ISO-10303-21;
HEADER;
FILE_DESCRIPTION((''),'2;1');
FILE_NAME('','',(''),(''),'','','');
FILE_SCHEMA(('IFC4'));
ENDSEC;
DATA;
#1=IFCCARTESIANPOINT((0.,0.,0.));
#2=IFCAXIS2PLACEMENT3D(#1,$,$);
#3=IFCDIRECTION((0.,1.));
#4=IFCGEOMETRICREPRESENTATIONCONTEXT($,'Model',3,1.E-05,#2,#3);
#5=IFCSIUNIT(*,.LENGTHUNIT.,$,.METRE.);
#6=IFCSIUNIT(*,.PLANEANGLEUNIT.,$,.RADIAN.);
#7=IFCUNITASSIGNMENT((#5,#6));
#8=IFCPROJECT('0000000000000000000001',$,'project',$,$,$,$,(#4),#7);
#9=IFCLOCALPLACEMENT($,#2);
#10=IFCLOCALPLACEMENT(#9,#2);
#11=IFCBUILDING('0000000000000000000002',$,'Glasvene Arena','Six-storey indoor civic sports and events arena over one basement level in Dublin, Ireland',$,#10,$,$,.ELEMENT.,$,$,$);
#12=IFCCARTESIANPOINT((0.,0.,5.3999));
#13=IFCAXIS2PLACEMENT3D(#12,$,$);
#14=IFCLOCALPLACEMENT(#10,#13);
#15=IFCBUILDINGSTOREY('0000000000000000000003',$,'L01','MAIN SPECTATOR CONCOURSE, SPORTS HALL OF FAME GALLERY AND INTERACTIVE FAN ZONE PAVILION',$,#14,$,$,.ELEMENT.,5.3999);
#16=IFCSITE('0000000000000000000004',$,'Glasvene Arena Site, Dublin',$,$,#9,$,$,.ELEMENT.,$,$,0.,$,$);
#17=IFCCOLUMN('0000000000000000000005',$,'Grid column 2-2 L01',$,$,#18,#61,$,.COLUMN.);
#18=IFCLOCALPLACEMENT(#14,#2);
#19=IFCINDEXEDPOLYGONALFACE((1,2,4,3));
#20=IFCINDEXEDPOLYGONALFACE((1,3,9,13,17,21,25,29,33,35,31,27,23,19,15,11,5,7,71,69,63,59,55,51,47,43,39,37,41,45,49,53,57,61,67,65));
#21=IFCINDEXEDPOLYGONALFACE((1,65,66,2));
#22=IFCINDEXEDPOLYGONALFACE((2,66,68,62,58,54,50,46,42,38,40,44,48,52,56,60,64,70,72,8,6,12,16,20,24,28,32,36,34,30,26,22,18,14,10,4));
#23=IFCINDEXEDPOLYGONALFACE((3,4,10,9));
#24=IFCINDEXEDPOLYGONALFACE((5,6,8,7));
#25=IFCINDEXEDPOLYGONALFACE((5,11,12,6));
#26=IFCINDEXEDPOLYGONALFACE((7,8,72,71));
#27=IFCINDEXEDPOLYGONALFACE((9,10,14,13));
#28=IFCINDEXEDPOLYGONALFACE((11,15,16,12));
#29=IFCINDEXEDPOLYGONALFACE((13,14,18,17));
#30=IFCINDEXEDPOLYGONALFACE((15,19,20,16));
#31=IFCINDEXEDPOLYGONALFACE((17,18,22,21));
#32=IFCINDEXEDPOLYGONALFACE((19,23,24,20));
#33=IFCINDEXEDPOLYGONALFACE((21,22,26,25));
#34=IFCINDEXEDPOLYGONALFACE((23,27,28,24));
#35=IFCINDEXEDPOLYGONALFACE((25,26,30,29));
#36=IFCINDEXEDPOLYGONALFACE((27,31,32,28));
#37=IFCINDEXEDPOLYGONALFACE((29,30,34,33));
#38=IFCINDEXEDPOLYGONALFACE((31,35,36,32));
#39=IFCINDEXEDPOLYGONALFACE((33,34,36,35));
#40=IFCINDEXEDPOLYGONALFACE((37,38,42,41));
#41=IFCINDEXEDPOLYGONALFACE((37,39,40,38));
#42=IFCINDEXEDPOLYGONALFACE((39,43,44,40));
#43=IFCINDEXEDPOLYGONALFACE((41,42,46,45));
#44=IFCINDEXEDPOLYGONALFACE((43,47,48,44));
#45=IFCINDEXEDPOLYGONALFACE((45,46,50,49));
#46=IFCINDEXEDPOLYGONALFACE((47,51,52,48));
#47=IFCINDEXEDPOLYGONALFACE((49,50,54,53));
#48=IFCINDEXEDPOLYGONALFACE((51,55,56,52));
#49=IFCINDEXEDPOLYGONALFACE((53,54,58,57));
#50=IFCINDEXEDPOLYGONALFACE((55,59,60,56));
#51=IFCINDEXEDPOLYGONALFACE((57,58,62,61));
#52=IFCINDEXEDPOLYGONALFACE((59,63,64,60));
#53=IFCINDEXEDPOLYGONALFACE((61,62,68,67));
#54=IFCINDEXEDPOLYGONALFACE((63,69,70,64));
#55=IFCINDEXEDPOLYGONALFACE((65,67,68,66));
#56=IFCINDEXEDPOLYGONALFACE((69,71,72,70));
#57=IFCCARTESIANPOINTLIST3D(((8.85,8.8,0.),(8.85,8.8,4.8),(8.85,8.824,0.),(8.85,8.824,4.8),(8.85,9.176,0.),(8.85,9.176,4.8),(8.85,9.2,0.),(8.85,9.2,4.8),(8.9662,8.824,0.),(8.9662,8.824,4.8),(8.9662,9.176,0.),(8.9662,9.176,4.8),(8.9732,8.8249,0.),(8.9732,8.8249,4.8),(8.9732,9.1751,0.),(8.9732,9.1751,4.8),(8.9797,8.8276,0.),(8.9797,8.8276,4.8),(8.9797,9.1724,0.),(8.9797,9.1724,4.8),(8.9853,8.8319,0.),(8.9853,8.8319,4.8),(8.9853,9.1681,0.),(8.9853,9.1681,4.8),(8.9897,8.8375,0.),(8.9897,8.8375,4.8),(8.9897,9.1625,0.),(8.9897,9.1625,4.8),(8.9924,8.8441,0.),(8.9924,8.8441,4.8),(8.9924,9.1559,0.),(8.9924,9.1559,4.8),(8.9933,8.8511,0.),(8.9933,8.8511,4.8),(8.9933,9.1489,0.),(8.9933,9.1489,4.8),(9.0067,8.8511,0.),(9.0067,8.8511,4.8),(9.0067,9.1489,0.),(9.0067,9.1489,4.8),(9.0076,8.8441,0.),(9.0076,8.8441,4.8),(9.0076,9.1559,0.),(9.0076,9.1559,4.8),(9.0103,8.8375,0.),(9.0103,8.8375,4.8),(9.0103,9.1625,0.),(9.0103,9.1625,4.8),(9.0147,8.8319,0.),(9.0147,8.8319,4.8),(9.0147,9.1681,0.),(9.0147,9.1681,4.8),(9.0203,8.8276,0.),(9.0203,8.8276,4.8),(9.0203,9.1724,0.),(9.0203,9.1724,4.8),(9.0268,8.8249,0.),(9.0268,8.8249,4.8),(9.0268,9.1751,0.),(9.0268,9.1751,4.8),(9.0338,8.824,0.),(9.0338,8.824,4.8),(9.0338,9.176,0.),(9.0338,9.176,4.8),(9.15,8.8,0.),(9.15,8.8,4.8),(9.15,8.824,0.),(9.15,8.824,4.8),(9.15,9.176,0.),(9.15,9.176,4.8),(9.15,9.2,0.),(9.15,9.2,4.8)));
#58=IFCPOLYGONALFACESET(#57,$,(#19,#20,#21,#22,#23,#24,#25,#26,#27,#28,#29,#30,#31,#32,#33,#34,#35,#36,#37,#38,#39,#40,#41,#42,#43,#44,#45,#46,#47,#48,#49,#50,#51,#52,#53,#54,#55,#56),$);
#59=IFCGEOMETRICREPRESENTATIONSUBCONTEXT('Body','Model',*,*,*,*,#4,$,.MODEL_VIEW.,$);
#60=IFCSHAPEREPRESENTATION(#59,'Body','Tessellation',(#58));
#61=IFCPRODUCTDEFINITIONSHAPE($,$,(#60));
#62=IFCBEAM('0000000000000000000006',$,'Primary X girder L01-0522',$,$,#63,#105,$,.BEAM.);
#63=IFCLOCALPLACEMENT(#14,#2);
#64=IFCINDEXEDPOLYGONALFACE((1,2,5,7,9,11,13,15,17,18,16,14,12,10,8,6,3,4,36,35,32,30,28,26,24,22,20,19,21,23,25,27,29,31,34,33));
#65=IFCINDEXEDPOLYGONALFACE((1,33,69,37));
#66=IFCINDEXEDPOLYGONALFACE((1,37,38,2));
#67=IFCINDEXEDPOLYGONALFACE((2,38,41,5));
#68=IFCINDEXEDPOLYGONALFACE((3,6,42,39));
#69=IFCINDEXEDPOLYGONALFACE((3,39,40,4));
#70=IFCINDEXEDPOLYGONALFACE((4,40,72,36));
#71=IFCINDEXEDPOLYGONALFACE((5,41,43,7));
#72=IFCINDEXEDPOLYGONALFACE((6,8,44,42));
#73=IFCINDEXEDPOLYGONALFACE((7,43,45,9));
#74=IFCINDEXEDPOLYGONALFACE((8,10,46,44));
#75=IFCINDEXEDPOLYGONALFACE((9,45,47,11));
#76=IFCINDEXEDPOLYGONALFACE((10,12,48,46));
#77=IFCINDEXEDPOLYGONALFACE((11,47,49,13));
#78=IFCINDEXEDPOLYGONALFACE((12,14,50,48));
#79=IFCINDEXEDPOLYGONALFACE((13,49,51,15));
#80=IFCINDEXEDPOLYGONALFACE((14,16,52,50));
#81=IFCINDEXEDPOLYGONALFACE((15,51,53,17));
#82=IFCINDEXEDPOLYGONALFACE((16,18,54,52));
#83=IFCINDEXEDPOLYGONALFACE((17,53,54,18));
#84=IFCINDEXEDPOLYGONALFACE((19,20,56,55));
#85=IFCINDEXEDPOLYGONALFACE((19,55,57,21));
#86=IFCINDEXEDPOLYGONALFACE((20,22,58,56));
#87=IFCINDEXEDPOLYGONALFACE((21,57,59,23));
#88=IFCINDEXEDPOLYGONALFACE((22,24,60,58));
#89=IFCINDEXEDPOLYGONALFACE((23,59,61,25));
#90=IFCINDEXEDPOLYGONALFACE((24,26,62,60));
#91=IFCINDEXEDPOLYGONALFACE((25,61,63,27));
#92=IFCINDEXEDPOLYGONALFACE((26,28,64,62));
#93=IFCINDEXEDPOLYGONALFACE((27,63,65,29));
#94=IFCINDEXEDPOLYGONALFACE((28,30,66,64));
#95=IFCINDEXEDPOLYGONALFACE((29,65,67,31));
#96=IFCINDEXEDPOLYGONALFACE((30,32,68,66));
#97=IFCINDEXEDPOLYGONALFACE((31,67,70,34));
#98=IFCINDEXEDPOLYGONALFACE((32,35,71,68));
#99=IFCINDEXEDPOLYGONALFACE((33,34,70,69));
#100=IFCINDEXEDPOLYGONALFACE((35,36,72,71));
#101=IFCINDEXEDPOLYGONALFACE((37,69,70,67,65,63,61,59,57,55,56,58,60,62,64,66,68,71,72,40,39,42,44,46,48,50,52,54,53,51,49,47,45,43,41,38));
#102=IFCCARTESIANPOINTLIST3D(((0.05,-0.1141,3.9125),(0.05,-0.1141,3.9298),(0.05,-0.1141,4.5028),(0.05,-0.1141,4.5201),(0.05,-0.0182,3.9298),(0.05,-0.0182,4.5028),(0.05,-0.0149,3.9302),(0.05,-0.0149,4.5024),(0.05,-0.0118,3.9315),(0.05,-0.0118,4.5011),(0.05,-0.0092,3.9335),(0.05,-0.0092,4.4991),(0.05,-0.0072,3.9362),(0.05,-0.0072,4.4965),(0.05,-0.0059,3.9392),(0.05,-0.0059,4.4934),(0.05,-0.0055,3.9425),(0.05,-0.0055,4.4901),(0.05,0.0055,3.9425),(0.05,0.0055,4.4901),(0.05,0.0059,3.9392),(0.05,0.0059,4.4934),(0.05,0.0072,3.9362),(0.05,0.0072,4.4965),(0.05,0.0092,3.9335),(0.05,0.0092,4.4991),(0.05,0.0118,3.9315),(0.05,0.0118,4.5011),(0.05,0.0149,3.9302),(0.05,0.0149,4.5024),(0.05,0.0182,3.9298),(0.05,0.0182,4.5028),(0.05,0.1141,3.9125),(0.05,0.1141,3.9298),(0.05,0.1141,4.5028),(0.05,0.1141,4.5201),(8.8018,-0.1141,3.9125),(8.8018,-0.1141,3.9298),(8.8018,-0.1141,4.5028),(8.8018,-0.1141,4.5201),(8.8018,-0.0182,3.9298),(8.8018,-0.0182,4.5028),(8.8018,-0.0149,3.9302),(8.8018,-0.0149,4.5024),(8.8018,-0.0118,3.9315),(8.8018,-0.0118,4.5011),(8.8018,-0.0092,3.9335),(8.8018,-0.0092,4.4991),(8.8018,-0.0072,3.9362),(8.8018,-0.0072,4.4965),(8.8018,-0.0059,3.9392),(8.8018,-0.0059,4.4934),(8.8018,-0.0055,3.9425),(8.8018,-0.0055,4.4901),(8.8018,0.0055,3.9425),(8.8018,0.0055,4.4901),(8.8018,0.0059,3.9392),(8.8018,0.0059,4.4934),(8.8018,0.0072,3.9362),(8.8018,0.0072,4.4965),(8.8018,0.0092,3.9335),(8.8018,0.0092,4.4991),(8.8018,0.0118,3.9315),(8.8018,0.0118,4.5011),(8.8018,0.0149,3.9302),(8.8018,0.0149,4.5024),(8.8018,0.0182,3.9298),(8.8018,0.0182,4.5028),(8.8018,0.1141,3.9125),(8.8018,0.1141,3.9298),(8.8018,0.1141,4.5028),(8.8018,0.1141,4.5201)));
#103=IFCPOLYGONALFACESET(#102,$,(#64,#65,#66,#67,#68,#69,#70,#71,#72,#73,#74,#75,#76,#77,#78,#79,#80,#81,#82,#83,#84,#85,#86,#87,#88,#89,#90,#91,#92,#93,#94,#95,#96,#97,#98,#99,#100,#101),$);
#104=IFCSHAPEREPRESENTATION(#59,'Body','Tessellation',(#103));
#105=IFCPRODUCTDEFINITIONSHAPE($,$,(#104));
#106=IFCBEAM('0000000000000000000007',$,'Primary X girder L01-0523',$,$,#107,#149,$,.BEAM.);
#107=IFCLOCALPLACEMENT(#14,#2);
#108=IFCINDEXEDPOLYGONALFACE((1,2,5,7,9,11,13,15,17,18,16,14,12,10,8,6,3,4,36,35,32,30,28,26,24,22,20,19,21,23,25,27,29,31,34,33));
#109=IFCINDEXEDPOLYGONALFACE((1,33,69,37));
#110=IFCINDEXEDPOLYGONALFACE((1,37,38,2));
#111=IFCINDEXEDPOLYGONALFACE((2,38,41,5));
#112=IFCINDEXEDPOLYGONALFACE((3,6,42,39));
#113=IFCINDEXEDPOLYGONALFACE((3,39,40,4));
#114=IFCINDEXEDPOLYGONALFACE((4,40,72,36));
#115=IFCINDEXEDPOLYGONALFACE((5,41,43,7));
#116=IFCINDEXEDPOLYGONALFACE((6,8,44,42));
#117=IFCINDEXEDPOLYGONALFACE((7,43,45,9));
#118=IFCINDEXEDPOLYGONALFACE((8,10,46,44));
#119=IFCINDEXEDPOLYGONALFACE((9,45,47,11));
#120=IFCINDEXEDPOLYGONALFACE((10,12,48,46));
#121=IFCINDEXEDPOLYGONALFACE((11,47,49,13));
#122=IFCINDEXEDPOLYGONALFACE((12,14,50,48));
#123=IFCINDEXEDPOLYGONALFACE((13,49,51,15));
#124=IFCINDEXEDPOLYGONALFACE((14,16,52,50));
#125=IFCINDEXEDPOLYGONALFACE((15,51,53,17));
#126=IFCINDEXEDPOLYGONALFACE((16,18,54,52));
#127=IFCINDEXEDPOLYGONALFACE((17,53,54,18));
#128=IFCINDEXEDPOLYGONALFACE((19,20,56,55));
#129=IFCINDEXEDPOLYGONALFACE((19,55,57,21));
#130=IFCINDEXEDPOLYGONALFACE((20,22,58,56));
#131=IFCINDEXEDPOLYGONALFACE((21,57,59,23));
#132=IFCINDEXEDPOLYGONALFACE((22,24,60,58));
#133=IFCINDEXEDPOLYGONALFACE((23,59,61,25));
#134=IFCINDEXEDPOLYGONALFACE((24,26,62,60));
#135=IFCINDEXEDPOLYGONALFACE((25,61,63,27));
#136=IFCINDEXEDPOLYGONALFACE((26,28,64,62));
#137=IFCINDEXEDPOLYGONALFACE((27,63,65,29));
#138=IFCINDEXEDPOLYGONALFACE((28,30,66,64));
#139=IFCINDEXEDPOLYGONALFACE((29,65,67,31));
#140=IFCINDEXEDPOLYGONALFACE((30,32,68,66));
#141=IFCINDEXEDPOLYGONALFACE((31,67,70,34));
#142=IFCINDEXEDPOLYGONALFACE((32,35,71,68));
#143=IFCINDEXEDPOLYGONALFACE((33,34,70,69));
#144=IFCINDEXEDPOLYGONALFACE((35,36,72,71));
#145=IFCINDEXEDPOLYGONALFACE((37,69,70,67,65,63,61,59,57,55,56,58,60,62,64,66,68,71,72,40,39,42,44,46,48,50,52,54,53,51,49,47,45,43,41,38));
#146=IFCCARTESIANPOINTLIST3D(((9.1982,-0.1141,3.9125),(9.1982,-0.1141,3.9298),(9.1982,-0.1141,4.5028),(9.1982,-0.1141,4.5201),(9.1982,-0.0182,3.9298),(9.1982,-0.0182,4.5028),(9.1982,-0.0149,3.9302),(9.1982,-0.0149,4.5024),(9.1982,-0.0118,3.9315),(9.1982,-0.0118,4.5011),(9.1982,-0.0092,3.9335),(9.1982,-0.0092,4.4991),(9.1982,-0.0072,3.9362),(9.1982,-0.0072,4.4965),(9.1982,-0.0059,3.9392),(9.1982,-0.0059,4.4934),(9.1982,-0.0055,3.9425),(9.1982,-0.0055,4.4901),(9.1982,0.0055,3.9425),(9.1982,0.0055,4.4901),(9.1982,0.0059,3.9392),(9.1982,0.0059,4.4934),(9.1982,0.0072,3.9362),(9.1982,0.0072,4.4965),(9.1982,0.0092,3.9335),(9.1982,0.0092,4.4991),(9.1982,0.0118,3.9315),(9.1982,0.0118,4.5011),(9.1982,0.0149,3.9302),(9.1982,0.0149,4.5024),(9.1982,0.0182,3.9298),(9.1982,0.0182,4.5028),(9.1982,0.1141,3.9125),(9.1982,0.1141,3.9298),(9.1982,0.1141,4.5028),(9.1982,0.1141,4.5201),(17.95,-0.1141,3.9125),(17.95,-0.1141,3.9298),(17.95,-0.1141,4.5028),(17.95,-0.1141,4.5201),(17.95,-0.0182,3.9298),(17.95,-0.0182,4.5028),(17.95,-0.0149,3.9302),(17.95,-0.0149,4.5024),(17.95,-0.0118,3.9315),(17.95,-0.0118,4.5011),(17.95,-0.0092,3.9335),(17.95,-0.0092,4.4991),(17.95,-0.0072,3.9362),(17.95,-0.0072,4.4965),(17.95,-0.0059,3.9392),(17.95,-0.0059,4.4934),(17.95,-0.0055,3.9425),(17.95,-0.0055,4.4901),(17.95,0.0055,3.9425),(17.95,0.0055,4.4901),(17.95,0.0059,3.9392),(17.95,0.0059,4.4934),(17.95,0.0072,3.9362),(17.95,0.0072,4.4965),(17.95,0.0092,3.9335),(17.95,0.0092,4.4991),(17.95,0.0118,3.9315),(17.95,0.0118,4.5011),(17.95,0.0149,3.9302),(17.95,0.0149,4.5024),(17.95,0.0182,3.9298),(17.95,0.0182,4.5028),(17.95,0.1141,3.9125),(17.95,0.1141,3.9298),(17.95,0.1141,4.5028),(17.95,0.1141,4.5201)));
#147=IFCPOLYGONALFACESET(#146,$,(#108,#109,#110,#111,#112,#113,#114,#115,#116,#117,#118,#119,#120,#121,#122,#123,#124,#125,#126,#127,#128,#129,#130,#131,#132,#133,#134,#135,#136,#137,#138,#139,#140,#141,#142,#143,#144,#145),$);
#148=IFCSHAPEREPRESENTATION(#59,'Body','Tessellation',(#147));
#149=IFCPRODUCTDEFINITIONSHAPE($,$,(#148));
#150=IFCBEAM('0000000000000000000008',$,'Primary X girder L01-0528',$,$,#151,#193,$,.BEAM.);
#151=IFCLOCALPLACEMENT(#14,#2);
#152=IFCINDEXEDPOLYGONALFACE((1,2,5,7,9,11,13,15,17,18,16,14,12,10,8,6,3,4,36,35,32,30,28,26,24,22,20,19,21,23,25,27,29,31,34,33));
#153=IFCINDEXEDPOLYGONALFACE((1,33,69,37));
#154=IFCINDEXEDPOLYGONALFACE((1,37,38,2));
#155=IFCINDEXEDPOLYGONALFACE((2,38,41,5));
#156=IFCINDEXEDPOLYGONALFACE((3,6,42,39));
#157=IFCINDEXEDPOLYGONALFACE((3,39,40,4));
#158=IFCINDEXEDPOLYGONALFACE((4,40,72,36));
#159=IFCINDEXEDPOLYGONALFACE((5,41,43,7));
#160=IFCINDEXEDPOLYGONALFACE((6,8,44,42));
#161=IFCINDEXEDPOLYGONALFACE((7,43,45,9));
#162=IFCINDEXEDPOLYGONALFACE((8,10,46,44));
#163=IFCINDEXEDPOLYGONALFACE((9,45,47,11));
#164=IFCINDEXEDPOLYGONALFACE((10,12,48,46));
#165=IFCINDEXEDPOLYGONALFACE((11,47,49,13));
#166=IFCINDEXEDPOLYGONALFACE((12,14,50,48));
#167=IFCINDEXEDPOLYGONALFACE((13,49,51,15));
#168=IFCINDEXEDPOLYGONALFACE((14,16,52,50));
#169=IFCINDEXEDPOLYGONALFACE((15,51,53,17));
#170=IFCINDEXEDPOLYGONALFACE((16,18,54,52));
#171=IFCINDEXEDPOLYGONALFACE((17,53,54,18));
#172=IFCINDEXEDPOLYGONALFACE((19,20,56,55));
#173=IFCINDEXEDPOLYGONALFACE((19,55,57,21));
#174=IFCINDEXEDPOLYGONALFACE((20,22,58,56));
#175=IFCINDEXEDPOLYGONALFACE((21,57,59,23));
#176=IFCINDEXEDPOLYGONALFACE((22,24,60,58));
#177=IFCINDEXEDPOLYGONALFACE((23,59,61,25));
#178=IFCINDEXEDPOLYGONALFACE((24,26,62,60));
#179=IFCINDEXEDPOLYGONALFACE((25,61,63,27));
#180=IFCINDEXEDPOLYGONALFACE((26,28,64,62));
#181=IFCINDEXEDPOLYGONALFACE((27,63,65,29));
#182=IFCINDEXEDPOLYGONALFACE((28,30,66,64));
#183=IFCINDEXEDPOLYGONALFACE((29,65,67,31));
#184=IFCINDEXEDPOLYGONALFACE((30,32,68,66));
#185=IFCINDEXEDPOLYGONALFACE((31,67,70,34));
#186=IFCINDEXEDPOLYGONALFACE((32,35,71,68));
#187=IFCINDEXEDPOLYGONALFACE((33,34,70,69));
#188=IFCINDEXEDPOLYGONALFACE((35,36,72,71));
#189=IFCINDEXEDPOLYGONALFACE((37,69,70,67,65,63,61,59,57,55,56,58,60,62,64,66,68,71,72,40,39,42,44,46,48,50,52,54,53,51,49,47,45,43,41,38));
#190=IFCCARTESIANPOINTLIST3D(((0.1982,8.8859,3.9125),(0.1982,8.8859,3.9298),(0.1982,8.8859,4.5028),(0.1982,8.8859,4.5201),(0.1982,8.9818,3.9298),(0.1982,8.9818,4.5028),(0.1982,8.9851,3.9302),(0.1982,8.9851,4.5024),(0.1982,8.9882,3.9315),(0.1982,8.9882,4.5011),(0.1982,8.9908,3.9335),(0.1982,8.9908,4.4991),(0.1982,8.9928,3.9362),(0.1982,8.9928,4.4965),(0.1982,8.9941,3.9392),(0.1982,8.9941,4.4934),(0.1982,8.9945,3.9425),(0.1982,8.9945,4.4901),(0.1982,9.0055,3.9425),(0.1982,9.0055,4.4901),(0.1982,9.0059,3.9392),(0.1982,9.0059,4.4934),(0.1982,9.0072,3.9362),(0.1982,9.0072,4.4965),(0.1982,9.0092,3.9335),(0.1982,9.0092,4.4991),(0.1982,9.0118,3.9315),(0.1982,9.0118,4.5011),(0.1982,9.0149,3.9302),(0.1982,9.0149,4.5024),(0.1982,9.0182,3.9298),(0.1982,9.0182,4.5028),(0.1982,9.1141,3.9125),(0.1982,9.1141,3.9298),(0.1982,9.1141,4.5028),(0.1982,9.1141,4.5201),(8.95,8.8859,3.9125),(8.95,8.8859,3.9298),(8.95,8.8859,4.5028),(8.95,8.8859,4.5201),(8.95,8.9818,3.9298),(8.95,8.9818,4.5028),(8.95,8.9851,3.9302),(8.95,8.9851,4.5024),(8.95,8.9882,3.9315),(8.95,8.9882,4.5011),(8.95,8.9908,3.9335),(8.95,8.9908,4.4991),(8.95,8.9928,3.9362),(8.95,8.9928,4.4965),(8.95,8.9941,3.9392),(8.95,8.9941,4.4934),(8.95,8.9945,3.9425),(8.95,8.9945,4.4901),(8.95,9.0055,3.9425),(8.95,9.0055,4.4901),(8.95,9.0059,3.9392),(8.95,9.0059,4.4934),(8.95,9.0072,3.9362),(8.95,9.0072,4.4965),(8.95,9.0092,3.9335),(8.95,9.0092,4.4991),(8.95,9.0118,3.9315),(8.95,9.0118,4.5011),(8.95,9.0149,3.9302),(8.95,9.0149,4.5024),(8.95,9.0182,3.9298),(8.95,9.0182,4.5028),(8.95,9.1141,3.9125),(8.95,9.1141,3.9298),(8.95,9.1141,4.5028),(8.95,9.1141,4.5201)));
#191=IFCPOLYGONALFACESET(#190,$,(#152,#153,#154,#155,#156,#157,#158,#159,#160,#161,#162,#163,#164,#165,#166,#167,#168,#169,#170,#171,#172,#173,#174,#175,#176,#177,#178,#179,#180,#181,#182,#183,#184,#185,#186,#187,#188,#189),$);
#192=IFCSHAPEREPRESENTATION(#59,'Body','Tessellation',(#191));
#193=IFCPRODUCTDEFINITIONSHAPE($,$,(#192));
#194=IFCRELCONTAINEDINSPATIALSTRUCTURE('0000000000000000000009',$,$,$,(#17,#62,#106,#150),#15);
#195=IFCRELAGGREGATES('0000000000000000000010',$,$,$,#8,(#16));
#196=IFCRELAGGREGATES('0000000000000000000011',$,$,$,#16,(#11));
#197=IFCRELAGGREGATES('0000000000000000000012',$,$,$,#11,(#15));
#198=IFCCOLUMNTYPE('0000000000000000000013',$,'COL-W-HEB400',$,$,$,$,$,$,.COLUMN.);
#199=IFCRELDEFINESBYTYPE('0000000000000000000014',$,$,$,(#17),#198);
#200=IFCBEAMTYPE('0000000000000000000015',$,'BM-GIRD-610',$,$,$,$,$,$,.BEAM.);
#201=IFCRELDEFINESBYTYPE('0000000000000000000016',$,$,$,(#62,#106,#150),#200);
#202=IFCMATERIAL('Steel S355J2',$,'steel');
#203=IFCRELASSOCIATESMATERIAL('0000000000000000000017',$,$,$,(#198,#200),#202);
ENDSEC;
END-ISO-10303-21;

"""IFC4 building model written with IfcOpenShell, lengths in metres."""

from ifc_helpers import new_model, si_unit, direction, frame, origin, origin_2d, place, context, subcontext, project, spatial, i_section, extrude, material, material_profile, profile_set, type_object, element, save


model = new_model("IFC4")

# Units and contexts
model_context = context("Model", 3, precision=1e-05, world=origin(), true_north=direction((0.0, 1.0)))
body_context = subcontext(model_context, "Body", "Model", "MODEL_VIEW")
ifc_project = project(units=[si_unit("LENGTHUNIT", "METRE"), si_unit("PLANEANGLEUNIT", "RADIAN")], contexts=[model_context])

# Site, building, storey
site_placement = place(None, origin())
site = spatial("IfcSite", under=ifc_project, at=site_placement, Name="Glasvene Arena Site, Dublin", CompositionType="ELEMENT", RefElevation=0.0)
building_placement = place(site_placement, origin())
building = spatial("IfcBuilding", under=site, at=building_placement, Name="Glasvene Arena", Description="Six-storey indoor civic sports and events arena over one basement level in Dublin, Ireland", CompositionType="ELEMENT")
storey_placement = place(building_placement, frame((0.0, 0.0, 5.3999)))
storey = spatial("IfcBuildingStorey", under=building, at=storey_placement, Name="L01", Description="MAIN SPECTATOR CONCOURSE, SPORTS HALL OF FAME GALLERY AND INTERACTIVE FAN ZONE PAVILION", CompositionType="ELEMENT", Elevation=5.3999)

# Column
ifc_material_1 = material(Name="Steel S355J2", Category="steel")
ifc_material_profile_1 = material_profile(ifc_material_1, i_section(OverallWidth=0.3, OverallDepth=0.3999, WebThickness=0.0134, FlangeThickness=0.0239, FilletRadius=0.0271, at=origin_2d()), Name="HEB 400")
ifc_profile_set_1 = profile_set([ifc_material_profile_1], Name="Steel S355J2")
column_type_1 = type_object("IfcColumnType", Name="COL-W-HEB400", PredefinedType="COLUMN", material=ifc_profile_set_1)
for number, where, z_axis, x_axis, name in (
    (1, (9.0, 9.0, 0.0), (0.0, 0.0, 1.0), (1.0, 0.0, 0.0), "Grid column 2-2 L01"),
):
    element("IfcColumn", number, at=place(storey_placement, frame(where, z_axis=z_axis, x_axis=x_axis)), inside=storey, type_object=column_type_1, Name=name, PredefinedType="COLUMN", context=body_context, shape_type="SweptSolid", body=[
        extrude(i_section(OverallWidth=0.3, OverallDepth=0.3999, WebThickness=0.0134, FlangeThickness=0.0239, FilletRadius=0.0271, at=origin_2d()), origin(), (0.0, 0.0, 1.0), 4.8),
    ])

# Beams
ifc_material_profile_2 = material_profile(ifc_material_1, i_section(OverallWidth=0.2283, OverallDepth=0.6077, WebThickness=0.011, FlangeThickness=0.0173, FilletRadius=0.0127, at=origin_2d()), Name="UKB 610x229x113")
ifc_profile_set_2 = profile_set([ifc_material_profile_2], Name="Steel S355J2")
beam_type_1 = type_object("IfcBeamType", Name="BM-GIRD-610", PredefinedType="BEAM", material=ifc_profile_set_2)
for number, where, z_axis, x_axis, name in (
    (2, (0.05, 0.0, 4.2163), (1.0, 0.0, 0.0), (0.0, 1.0, 0.0), "Primary X girder L01-0522"),
    (3, (9.1982, 0.0, 4.2163), (1.0, 0.0, 0.0), (0.0, 1.0, 0.0), "Primary X girder L01-0523"),
    (4, (0.1982, 9.0, 4.2163), (1.0, 0.0, 0.0), (0.0, 1.0, 0.0), "Primary X girder L01-0528"),
):
    element("IfcBeam", number, at=place(storey_placement, frame(where, z_axis=z_axis, x_axis=x_axis)), inside=storey, type_object=beam_type_1, Name=name, PredefinedType="BEAM", context=body_context, shape_type="SweptSolid", body=[
        extrude(i_section(OverallWidth=0.2283, OverallDepth=0.6077, WebThickness=0.011, FlangeThickness=0.0173, FilletRadius=0.0127, at=origin_2d()), origin(), (0.0, 0.0, 1.0), 8.7517),
    ])

save(model, "model.ifc")
